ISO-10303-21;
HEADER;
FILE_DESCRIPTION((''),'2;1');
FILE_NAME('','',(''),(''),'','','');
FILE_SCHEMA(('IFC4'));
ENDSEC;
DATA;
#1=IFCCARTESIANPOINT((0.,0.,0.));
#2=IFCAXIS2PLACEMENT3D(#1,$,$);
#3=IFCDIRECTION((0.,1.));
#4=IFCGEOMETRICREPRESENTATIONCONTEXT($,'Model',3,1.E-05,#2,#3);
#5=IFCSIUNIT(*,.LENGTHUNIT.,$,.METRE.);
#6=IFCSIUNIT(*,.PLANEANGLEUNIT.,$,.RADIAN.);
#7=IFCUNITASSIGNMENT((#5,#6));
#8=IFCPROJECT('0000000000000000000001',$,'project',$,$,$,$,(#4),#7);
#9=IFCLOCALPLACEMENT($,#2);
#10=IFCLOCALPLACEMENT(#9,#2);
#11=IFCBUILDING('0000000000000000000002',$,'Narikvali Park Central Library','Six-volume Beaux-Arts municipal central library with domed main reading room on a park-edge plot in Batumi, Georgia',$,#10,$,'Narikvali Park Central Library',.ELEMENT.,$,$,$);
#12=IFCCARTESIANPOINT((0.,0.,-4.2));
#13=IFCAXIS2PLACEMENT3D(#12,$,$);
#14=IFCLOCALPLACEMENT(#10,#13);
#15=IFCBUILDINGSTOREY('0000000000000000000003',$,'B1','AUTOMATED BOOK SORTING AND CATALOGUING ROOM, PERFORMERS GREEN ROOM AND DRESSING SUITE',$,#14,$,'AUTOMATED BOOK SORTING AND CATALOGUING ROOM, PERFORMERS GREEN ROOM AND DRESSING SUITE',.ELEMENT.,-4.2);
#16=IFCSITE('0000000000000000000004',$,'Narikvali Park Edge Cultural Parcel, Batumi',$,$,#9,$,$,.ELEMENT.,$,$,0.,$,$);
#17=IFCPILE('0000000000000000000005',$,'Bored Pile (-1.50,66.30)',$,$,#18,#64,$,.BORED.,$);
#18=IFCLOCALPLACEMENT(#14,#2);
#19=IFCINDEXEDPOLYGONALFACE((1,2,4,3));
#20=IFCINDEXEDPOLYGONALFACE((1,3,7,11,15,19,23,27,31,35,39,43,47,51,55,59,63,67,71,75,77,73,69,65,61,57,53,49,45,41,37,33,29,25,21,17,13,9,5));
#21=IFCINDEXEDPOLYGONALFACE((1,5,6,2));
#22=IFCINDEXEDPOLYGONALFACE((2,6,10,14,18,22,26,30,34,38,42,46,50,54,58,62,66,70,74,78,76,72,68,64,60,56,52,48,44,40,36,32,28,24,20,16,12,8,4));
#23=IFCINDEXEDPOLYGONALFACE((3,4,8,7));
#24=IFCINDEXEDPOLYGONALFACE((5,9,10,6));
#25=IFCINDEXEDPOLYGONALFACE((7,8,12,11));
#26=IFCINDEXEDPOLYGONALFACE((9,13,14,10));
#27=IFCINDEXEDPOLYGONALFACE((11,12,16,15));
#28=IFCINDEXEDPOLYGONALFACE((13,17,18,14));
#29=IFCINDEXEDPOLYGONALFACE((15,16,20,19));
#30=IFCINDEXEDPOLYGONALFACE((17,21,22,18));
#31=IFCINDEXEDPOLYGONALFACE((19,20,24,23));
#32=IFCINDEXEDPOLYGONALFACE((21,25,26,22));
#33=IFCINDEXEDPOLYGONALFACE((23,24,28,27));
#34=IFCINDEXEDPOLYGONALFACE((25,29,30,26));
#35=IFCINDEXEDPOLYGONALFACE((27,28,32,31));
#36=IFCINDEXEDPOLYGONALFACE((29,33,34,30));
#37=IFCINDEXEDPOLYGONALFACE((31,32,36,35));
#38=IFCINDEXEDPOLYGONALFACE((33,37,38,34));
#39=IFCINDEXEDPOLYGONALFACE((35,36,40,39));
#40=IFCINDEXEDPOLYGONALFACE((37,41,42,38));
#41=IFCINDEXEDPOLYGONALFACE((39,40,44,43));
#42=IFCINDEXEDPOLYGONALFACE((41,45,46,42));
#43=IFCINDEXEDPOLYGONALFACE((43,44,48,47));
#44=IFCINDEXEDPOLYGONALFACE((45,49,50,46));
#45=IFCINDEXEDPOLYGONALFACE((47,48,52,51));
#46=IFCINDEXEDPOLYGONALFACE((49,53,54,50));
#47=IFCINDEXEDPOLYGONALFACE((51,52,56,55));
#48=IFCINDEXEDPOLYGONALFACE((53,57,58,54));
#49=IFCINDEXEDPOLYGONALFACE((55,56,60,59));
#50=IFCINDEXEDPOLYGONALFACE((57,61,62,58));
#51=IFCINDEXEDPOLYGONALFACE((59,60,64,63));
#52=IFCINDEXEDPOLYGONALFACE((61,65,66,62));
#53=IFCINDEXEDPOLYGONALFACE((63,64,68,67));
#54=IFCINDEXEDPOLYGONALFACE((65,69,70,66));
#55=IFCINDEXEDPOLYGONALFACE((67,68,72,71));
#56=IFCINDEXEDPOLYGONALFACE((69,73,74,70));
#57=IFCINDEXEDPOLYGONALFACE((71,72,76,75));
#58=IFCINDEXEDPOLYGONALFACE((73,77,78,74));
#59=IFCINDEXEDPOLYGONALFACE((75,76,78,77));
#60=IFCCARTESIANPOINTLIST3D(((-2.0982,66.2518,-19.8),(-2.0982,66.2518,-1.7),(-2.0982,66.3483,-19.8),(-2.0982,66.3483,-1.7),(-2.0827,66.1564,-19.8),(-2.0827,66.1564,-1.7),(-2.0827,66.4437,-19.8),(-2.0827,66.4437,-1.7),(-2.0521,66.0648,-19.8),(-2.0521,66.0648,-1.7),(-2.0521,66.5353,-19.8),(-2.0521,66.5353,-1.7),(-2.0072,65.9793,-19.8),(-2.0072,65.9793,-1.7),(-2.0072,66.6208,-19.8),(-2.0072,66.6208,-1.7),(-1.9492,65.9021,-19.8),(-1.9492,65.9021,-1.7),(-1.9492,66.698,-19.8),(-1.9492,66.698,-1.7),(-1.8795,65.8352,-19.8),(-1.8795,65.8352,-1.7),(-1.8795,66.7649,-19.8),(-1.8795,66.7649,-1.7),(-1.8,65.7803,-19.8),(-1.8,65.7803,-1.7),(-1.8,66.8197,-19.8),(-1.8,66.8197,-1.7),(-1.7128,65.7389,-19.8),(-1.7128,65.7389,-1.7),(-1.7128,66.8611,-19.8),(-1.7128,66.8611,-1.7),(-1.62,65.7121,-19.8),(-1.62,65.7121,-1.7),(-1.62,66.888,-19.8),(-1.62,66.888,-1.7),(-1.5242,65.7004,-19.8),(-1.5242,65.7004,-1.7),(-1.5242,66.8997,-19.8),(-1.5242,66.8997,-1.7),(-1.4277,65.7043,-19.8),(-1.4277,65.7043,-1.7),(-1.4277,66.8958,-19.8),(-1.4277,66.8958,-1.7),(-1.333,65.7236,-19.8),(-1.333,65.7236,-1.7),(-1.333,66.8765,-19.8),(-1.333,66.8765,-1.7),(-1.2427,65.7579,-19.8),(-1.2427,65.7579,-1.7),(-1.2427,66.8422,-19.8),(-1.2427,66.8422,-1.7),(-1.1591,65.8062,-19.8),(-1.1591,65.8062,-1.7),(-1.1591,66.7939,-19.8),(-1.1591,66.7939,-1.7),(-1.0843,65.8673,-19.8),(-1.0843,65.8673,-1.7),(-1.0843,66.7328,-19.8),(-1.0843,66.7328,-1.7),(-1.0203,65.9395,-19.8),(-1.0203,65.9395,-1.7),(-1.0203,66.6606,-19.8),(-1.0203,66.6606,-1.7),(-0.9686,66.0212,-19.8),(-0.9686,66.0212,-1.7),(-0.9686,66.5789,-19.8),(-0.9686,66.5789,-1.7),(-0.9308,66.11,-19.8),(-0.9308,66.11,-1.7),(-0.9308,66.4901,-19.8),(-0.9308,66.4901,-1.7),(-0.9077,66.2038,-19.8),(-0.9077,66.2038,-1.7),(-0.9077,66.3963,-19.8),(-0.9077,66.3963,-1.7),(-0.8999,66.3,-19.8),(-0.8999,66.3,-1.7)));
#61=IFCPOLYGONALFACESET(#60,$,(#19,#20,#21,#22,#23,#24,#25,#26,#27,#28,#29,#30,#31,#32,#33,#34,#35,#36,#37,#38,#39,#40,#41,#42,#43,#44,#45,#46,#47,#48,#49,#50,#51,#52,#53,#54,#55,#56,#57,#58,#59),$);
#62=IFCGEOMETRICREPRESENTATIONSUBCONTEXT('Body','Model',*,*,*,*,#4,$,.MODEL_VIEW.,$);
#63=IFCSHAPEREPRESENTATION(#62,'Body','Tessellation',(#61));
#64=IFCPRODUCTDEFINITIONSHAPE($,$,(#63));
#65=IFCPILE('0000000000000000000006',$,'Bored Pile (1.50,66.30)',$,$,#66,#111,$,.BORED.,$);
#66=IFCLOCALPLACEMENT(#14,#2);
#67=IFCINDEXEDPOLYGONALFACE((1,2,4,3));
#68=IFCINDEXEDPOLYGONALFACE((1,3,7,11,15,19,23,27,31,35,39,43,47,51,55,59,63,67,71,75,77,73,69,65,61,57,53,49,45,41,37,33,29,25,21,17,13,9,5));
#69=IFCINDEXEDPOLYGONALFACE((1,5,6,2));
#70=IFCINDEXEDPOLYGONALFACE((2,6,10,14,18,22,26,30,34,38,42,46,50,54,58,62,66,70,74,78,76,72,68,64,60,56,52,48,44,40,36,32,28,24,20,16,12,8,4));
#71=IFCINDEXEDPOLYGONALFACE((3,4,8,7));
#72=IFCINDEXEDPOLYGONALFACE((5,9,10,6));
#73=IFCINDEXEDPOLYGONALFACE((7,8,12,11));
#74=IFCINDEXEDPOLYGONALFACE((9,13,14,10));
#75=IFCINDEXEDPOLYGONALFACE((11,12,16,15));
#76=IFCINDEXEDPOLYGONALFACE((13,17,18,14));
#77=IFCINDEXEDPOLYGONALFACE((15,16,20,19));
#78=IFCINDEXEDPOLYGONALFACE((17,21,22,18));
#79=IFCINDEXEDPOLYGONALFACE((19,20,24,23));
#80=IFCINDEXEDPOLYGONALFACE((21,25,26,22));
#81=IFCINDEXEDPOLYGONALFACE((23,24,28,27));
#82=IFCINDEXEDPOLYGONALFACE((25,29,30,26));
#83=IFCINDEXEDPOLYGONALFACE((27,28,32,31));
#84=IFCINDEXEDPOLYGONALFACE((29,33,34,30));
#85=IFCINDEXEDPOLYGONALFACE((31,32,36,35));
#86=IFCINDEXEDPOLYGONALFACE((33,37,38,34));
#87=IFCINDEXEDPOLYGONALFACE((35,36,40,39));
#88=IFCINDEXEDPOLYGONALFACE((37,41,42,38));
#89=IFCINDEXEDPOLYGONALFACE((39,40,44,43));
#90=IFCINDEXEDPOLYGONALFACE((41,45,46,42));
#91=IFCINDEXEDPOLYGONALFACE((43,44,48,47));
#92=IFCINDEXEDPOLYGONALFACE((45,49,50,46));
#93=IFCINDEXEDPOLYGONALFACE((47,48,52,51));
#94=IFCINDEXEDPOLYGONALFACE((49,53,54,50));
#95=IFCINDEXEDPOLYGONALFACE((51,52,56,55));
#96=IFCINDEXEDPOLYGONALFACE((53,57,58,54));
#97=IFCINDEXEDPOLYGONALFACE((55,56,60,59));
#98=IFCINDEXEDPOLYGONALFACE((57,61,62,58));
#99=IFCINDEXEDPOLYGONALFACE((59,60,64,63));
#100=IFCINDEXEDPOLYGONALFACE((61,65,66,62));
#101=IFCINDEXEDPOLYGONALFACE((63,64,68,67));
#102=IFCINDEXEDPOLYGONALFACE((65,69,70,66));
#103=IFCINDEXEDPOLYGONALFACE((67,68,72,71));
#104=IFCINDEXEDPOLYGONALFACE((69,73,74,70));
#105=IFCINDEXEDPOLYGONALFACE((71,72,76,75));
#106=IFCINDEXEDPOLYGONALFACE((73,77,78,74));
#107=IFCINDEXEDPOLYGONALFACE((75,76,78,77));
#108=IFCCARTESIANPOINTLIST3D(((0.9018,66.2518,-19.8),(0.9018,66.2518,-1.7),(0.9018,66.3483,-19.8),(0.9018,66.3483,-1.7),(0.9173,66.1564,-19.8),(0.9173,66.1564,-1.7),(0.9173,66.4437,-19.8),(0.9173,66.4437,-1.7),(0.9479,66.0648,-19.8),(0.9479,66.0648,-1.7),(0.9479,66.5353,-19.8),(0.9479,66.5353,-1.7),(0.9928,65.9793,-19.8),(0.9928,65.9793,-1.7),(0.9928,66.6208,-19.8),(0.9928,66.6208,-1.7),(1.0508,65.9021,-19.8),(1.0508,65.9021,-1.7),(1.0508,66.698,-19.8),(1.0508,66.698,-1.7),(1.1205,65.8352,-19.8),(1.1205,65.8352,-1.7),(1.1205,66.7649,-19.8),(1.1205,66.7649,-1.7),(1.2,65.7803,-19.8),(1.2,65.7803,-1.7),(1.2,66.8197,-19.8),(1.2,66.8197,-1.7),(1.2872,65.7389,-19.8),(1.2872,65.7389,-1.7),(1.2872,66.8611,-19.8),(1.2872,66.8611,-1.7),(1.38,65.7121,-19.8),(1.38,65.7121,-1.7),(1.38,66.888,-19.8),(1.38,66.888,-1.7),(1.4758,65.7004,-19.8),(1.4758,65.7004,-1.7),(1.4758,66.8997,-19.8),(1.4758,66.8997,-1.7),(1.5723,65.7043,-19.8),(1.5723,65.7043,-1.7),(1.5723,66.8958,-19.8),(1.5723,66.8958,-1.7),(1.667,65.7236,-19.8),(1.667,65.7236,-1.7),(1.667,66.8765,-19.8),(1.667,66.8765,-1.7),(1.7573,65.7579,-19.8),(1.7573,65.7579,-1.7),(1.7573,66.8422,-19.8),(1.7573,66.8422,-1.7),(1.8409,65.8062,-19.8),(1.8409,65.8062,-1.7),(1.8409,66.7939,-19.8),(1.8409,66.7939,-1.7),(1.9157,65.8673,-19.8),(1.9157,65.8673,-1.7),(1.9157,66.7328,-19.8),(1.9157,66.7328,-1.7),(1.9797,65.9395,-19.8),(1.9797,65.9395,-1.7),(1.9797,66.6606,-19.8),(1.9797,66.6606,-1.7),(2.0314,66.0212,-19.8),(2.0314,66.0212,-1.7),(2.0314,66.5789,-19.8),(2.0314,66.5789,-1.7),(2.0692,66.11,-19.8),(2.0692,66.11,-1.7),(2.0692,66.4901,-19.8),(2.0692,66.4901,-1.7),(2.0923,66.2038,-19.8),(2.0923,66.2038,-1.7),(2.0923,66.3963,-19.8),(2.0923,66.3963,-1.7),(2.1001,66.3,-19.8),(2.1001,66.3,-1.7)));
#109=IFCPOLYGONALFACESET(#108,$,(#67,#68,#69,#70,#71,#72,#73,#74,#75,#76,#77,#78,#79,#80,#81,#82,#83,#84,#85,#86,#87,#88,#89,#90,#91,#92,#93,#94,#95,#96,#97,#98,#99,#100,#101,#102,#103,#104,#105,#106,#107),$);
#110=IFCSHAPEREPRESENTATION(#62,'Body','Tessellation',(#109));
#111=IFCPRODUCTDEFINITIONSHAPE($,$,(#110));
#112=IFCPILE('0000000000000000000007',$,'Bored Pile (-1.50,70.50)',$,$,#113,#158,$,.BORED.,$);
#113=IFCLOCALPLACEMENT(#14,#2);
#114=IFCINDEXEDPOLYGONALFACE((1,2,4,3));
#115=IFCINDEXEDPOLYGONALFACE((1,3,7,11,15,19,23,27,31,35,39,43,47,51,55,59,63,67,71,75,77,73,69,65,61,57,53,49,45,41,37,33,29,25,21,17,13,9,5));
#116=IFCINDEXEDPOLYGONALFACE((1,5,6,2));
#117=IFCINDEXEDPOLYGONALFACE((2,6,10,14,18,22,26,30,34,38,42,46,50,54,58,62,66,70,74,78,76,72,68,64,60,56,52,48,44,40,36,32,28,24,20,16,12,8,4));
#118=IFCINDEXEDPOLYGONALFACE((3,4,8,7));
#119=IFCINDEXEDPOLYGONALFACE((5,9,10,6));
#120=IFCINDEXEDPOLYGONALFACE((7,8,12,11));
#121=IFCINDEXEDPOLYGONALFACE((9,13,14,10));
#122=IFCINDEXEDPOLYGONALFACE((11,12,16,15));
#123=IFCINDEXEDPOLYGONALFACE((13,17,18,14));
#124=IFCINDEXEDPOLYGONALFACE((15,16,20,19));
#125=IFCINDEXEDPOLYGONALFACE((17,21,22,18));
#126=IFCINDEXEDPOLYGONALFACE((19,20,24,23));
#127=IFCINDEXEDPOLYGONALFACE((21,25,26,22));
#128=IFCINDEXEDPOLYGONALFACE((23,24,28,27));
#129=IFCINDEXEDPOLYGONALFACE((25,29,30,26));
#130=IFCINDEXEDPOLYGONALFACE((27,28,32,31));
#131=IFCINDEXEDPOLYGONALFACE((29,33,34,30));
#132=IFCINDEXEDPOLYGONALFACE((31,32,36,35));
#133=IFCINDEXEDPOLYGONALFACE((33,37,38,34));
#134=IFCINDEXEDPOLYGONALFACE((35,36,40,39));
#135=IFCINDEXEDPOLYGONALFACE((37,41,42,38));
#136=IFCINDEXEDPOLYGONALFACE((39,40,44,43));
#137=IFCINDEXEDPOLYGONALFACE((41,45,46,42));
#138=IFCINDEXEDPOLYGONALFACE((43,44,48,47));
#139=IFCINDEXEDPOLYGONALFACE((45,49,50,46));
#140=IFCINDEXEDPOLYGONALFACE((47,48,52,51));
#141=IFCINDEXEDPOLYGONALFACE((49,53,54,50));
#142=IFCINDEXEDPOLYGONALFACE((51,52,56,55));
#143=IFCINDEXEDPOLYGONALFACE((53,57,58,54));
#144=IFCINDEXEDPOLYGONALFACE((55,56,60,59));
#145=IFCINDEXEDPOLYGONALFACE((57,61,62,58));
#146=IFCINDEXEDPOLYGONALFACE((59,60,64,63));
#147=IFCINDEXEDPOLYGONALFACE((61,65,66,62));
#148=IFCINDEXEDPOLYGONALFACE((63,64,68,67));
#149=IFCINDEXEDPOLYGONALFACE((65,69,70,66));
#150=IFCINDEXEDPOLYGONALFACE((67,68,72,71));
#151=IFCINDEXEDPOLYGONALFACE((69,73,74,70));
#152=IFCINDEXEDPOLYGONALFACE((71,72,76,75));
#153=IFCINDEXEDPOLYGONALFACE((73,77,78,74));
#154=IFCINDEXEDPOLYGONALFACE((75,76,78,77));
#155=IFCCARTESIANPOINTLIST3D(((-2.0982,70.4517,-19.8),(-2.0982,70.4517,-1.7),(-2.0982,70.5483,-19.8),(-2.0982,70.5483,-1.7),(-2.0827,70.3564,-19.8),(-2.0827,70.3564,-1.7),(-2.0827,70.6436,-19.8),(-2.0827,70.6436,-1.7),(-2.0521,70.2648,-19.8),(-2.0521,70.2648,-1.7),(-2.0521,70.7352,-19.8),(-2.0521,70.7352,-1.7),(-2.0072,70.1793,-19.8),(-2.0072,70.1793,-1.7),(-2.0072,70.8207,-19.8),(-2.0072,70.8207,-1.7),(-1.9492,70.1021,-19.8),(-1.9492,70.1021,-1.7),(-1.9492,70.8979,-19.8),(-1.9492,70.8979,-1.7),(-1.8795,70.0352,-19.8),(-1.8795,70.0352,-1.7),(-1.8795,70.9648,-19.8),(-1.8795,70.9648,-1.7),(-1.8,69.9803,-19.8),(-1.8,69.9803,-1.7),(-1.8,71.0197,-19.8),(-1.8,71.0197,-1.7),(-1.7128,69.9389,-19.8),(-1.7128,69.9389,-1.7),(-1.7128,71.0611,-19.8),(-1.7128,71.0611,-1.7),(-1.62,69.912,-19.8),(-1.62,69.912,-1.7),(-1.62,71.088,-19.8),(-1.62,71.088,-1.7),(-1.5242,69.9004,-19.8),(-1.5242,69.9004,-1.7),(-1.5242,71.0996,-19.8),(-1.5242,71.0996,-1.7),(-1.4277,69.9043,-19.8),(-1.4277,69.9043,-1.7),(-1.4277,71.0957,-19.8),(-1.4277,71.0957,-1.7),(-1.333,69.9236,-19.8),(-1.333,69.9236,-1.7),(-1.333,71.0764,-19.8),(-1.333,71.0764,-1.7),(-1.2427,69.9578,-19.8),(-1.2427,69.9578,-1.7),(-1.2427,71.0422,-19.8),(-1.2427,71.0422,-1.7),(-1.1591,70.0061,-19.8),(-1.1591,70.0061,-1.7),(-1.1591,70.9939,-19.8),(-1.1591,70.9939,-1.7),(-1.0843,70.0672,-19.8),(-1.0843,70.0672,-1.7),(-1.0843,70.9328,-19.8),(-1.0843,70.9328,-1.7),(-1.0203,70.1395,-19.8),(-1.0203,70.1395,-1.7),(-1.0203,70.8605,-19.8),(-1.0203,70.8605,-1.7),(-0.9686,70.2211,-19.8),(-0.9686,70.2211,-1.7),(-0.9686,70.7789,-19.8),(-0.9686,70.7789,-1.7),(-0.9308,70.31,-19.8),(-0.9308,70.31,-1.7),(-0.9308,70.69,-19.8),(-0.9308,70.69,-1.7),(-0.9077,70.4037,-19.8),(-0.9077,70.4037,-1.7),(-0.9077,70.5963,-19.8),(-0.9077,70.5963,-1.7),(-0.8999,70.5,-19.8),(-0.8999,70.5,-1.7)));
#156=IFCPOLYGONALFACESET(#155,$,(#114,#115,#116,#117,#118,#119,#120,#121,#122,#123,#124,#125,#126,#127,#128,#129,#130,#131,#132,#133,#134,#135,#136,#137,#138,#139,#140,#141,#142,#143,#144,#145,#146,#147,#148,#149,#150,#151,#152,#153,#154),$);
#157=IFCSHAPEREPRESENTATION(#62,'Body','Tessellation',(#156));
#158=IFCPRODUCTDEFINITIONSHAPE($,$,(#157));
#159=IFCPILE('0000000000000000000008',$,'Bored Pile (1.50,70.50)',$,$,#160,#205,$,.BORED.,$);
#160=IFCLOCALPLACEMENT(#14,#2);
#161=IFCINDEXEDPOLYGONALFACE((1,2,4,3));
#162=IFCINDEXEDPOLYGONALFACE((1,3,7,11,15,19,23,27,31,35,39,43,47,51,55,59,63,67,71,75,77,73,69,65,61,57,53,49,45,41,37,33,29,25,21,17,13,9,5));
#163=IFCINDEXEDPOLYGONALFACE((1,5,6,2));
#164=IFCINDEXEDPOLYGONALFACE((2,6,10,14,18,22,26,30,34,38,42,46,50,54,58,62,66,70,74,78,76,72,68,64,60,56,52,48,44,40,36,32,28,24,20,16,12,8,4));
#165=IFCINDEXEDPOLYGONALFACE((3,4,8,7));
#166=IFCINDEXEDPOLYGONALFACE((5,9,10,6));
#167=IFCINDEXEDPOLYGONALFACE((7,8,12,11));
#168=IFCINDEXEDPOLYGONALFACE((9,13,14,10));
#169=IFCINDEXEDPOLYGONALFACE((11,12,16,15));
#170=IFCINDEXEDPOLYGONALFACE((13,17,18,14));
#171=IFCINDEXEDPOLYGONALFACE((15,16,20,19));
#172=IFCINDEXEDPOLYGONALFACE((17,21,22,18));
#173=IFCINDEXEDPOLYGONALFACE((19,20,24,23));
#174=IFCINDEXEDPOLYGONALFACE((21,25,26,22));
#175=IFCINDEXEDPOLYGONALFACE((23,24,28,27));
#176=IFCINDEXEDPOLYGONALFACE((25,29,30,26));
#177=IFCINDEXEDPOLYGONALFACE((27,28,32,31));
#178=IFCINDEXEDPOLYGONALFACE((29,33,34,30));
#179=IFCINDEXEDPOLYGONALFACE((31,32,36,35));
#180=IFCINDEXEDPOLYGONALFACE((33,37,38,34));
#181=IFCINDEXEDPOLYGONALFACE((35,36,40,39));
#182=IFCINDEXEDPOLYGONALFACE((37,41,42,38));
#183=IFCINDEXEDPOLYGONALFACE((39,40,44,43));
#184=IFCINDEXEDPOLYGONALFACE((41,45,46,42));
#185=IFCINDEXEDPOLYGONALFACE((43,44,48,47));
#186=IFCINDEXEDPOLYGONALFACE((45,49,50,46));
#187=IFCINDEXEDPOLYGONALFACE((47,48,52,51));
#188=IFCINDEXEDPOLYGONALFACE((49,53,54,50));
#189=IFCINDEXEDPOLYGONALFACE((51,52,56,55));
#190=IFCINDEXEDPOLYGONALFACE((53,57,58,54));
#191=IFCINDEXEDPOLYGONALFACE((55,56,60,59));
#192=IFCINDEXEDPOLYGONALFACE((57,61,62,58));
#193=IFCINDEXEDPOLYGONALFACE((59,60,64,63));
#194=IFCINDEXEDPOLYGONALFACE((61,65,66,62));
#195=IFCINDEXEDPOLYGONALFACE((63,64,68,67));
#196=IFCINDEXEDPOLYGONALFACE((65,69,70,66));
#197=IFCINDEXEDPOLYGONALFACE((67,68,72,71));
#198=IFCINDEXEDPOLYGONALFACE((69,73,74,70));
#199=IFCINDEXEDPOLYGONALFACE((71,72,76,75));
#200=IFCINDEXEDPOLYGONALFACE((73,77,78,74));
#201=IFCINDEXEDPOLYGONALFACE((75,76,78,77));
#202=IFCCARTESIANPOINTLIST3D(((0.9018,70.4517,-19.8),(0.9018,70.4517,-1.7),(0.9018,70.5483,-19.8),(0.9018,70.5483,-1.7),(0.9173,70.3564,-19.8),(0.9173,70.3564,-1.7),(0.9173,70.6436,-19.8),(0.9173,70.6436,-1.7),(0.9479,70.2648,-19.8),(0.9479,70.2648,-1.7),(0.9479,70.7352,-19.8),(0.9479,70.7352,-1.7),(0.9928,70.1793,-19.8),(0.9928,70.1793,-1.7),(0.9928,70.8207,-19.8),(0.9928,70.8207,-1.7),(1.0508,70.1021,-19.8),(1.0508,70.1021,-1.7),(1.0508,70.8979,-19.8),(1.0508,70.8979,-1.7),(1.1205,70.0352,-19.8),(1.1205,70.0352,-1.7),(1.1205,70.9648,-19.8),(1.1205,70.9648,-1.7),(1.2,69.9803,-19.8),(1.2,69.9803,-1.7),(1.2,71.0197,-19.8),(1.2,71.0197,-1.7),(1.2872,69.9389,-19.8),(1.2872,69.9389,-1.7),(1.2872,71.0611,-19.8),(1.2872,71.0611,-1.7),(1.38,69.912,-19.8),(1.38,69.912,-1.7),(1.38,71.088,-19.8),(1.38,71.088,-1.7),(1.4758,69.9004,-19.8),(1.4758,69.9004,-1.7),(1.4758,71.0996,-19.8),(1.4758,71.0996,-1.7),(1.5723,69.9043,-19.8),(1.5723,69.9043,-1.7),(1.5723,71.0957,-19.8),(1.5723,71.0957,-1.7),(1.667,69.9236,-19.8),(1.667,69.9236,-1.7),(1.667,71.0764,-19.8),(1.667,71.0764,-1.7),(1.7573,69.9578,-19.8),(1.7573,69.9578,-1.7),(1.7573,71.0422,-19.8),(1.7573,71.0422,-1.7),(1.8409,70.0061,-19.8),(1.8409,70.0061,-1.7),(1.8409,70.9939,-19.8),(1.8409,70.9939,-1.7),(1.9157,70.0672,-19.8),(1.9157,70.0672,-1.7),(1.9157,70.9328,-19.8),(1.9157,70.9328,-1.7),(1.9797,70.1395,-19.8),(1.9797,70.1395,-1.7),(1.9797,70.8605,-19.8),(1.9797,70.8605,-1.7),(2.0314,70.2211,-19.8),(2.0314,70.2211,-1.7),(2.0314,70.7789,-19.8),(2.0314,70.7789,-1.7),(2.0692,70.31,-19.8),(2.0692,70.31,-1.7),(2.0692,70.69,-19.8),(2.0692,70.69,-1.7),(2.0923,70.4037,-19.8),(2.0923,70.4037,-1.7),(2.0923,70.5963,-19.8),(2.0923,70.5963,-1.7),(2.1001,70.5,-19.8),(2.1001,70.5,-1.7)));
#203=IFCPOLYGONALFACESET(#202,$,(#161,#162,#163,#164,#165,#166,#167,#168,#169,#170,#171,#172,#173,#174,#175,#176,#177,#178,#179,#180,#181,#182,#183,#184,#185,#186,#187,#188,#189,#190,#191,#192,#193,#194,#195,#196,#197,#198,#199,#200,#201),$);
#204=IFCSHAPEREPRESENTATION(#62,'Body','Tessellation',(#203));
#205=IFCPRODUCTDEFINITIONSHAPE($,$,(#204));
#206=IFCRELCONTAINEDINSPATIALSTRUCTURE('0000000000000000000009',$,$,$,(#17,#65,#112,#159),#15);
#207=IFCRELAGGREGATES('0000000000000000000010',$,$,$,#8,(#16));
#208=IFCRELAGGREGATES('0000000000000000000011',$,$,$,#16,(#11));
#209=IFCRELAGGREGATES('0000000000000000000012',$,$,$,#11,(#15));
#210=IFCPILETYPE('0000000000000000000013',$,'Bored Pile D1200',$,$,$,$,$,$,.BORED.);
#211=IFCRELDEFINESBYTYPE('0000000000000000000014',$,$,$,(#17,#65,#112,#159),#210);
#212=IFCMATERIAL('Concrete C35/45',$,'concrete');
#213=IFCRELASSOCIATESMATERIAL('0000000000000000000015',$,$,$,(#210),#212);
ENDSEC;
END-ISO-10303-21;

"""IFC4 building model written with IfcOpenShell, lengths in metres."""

from ifc_helpers import new_model, si_unit, direction, frame, origin, origin_2d, place, context, subcontext, project, spatial, circle, extrude, material, material_profile, profile_set, type_object, element, save


model = new_model("IFC4")

# Units and contexts
model_context = context("Model", 3, precision=1e-05, world=origin(), true_north=direction((0.0, 1.0)))
body_context = subcontext(model_context, "Body", "Model", "MODEL_VIEW")
ifc_project = project(units=[si_unit("LENGTHUNIT", "METRE"), si_unit("PLANEANGLEUNIT", "RADIAN")], contexts=[model_context])

# Site, building, storey
site_placement = place(None, origin())
site = spatial("IfcSite", under=ifc_project, at=site_placement, Name="Narikvali Park Edge Cultural Parcel, Batumi", CompositionType="ELEMENT", RefElevation=0.0)
building_placement = place(site_placement, origin())
building = spatial("IfcBuilding", under=site, at=building_placement, Name="Narikvali Park Central Library", Description="Six-volume Beaux-Arts municipal central library with domed main reading room on a park-edge plot in Batumi, Georgia", LongName="Narikvali Park Central Library", CompositionType="ELEMENT")
storey_placement = place(building_placement, frame((0.0, 0.0, -4.2)))
storey = spatial("IfcBuildingStorey", under=building, at=storey_placement, Name="B1", Description="AUTOMATED BOOK SORTING AND CATALOGUING ROOM, PERFORMERS GREEN ROOM AND DRESSING SUITE", LongName="AUTOMATED BOOK SORTING AND CATALOGUING ROOM, PERFORMERS GREEN ROOM AND DRESSING SUITE", CompositionType="ELEMENT", Elevation=-4.2)

# Piles
ifc_material_1 = material(Name="Concrete C35/45", Category="concrete")
ifc_material_profile_1 = material_profile(ifc_material_1, circle(Radius=0.6001, at=origin_2d()), Name="PILE D1200")
ifc_profile_set_1 = profile_set([ifc_material_profile_1], Name="Concrete C35/45")
pile_type = type_object("IfcPileType", Name="Bored Pile D1200", PredefinedType="BORED", material=ifc_profile_set_1)
for number, where, z_axis, x_axis, name in (
    (1, (-1.5, 66.3, -1.7), (0.0, 0.0, -1.0), (1.0, 0.0, 0.0), "Bored Pile (-1.50,66.30)"),
    (2, (1.5, 66.3, -1.7), (0.0, 0.0, -1.0), (1.0, 0.0, 0.0), "Bored Pile (1.50,66.30)"),
    (3, (-1.5, 70.5, -1.7), (0.0, 0.0, -1.0), (1.0, 0.0, 0.0), "Bored Pile (-1.50,70.50)"),
    (4, (1.5, 70.5, -1.7), (0.0, 0.0, -1.0), (1.0, 0.0, 0.0), "Bored Pile (1.50,70.50)"),
):
    element("IfcPile", number, at=place(storey_placement, frame(where, z_axis=z_axis, x_axis=x_axis)), inside=storey, type_object=pile_type, Name=name, PredefinedType="BORED", context=body_context, shape_type="SweptSolid", body=[
        extrude(circle(Radius=0.6001, at=origin_2d()), origin(), (0.0, 0.0, 1.0), 18.1001),
    ])

save(model, "model.ifc")
